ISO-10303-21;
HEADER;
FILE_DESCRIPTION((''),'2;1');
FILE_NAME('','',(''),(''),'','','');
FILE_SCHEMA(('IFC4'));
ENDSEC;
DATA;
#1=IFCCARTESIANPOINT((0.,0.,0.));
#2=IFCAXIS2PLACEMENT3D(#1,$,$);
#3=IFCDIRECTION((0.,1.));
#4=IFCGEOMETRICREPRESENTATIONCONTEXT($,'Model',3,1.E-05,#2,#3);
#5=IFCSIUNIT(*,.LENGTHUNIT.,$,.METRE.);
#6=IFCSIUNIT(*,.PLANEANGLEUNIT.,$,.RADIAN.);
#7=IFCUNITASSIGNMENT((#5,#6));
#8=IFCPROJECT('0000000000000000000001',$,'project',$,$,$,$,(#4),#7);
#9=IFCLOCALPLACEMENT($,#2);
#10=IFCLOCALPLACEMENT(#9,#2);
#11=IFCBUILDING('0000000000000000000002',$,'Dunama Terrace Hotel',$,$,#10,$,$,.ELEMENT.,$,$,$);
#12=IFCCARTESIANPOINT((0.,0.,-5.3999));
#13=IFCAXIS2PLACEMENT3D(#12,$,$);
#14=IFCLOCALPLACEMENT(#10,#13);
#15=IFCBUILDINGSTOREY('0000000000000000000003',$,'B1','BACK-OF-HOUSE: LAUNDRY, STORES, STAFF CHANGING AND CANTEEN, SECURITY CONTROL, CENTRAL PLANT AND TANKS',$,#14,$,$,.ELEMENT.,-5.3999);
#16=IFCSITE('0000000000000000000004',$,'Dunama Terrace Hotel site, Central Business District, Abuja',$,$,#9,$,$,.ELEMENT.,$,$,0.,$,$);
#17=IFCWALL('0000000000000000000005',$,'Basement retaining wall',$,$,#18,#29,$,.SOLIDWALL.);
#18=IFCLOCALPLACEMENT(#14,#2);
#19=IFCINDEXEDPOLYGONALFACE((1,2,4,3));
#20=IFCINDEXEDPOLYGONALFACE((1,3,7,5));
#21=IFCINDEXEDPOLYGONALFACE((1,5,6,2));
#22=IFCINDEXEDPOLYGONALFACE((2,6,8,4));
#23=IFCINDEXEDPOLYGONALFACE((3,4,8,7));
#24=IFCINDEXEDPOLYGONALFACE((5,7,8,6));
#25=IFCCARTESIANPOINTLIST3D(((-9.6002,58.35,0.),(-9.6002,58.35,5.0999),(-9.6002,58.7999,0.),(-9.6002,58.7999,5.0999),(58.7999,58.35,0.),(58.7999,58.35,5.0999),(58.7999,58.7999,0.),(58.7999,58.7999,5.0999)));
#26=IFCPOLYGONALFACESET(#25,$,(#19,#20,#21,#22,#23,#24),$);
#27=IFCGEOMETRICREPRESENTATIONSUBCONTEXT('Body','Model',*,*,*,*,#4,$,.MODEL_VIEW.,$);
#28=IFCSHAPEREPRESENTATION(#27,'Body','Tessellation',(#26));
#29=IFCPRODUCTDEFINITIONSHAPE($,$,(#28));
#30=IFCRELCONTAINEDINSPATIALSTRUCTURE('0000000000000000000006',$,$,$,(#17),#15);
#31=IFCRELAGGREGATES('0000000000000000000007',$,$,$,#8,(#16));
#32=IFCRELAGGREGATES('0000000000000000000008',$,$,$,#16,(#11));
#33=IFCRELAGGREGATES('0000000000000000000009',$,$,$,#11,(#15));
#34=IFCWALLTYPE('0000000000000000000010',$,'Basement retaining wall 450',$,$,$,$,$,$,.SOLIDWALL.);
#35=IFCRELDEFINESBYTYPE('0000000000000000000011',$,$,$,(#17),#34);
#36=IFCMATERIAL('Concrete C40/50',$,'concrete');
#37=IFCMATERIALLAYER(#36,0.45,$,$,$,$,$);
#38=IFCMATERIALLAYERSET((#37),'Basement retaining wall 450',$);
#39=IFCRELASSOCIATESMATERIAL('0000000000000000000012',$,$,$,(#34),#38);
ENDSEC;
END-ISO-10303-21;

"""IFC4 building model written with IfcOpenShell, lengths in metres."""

from ifc_helpers import new_model, si_unit, direction, frame, frame_2d, origin, place, context, subcontext, project, spatial, rectangle, extrude, material, layer, layer_set, type_object, element, save


model = new_model("IFC4")

# Units and contexts
model_context = context("Model", 3, precision=1e-05, world=origin(), true_north=direction((0.0, 1.0)))
body_context = subcontext(model_context, "Body", "Model", "MODEL_VIEW")
ifc_project = project(units=[si_unit("LENGTHUNIT", "METRE"), si_unit("PLANEANGLEUNIT", "RADIAN")], contexts=[model_context])

# Site, building, storey
site_placement = place(None, origin())
site = spatial("IfcSite", under=ifc_project, at=site_placement, Name="Dunama Terrace Hotel site, Central Business District, Abuja", CompositionType="ELEMENT", RefElevation=0.0)
building_placement = place(site_placement, origin())
building = spatial("IfcBuilding", under=site, at=building_placement, Name="Dunama Terrace Hotel", CompositionType="ELEMENT")
storey_placement = place(building_placement, frame((0.0, 0.0, -5.3999)))
storey = spatial("IfcBuildingStorey", under=building, at=storey_placement, Name="B1", Description="BACK-OF-HOUSE: LAUNDRY, STORES, STAFF CHANGING AND CANTEEN, SECURITY CONTROL, CENTRAL PLANT AND TANKS", CompositionType="ELEMENT", Elevation=-5.3999)

# Wall
ifc_material_1 = material(Name="Concrete C40/50", Category="concrete")
ifc_layer = layer(ifc_material_1, 0.45)
ifc_layer_set = layer_set([ifc_layer], Name="Basement retaining wall 450")
wall_type = type_object("IfcWallType", Name="Basement retaining wall 450", PredefinedType="SOLIDWALL", material=ifc_layer_set)
wall_placement = place(storey_placement, frame((58.8, 58.575, 0.0), z_axis=(0.0, 0.0, 1.0), x_axis=(-1.0, 0.0, 0.0)))
element("IfcWall", 1, at=wall_placement, inside=storey, type_object=wall_type, Name="Basement retaining wall", PredefinedType="SOLIDWALL", context=body_context, shape_type="SweptSolid", body=[
    extrude(rectangle(XDim=68.4001, YDim=0.45, at=frame_2d((34.2002, 0.0))), origin(), (0.0, 0.0, 1.0), 5.0999),
])

save(model, "model.ifc")
